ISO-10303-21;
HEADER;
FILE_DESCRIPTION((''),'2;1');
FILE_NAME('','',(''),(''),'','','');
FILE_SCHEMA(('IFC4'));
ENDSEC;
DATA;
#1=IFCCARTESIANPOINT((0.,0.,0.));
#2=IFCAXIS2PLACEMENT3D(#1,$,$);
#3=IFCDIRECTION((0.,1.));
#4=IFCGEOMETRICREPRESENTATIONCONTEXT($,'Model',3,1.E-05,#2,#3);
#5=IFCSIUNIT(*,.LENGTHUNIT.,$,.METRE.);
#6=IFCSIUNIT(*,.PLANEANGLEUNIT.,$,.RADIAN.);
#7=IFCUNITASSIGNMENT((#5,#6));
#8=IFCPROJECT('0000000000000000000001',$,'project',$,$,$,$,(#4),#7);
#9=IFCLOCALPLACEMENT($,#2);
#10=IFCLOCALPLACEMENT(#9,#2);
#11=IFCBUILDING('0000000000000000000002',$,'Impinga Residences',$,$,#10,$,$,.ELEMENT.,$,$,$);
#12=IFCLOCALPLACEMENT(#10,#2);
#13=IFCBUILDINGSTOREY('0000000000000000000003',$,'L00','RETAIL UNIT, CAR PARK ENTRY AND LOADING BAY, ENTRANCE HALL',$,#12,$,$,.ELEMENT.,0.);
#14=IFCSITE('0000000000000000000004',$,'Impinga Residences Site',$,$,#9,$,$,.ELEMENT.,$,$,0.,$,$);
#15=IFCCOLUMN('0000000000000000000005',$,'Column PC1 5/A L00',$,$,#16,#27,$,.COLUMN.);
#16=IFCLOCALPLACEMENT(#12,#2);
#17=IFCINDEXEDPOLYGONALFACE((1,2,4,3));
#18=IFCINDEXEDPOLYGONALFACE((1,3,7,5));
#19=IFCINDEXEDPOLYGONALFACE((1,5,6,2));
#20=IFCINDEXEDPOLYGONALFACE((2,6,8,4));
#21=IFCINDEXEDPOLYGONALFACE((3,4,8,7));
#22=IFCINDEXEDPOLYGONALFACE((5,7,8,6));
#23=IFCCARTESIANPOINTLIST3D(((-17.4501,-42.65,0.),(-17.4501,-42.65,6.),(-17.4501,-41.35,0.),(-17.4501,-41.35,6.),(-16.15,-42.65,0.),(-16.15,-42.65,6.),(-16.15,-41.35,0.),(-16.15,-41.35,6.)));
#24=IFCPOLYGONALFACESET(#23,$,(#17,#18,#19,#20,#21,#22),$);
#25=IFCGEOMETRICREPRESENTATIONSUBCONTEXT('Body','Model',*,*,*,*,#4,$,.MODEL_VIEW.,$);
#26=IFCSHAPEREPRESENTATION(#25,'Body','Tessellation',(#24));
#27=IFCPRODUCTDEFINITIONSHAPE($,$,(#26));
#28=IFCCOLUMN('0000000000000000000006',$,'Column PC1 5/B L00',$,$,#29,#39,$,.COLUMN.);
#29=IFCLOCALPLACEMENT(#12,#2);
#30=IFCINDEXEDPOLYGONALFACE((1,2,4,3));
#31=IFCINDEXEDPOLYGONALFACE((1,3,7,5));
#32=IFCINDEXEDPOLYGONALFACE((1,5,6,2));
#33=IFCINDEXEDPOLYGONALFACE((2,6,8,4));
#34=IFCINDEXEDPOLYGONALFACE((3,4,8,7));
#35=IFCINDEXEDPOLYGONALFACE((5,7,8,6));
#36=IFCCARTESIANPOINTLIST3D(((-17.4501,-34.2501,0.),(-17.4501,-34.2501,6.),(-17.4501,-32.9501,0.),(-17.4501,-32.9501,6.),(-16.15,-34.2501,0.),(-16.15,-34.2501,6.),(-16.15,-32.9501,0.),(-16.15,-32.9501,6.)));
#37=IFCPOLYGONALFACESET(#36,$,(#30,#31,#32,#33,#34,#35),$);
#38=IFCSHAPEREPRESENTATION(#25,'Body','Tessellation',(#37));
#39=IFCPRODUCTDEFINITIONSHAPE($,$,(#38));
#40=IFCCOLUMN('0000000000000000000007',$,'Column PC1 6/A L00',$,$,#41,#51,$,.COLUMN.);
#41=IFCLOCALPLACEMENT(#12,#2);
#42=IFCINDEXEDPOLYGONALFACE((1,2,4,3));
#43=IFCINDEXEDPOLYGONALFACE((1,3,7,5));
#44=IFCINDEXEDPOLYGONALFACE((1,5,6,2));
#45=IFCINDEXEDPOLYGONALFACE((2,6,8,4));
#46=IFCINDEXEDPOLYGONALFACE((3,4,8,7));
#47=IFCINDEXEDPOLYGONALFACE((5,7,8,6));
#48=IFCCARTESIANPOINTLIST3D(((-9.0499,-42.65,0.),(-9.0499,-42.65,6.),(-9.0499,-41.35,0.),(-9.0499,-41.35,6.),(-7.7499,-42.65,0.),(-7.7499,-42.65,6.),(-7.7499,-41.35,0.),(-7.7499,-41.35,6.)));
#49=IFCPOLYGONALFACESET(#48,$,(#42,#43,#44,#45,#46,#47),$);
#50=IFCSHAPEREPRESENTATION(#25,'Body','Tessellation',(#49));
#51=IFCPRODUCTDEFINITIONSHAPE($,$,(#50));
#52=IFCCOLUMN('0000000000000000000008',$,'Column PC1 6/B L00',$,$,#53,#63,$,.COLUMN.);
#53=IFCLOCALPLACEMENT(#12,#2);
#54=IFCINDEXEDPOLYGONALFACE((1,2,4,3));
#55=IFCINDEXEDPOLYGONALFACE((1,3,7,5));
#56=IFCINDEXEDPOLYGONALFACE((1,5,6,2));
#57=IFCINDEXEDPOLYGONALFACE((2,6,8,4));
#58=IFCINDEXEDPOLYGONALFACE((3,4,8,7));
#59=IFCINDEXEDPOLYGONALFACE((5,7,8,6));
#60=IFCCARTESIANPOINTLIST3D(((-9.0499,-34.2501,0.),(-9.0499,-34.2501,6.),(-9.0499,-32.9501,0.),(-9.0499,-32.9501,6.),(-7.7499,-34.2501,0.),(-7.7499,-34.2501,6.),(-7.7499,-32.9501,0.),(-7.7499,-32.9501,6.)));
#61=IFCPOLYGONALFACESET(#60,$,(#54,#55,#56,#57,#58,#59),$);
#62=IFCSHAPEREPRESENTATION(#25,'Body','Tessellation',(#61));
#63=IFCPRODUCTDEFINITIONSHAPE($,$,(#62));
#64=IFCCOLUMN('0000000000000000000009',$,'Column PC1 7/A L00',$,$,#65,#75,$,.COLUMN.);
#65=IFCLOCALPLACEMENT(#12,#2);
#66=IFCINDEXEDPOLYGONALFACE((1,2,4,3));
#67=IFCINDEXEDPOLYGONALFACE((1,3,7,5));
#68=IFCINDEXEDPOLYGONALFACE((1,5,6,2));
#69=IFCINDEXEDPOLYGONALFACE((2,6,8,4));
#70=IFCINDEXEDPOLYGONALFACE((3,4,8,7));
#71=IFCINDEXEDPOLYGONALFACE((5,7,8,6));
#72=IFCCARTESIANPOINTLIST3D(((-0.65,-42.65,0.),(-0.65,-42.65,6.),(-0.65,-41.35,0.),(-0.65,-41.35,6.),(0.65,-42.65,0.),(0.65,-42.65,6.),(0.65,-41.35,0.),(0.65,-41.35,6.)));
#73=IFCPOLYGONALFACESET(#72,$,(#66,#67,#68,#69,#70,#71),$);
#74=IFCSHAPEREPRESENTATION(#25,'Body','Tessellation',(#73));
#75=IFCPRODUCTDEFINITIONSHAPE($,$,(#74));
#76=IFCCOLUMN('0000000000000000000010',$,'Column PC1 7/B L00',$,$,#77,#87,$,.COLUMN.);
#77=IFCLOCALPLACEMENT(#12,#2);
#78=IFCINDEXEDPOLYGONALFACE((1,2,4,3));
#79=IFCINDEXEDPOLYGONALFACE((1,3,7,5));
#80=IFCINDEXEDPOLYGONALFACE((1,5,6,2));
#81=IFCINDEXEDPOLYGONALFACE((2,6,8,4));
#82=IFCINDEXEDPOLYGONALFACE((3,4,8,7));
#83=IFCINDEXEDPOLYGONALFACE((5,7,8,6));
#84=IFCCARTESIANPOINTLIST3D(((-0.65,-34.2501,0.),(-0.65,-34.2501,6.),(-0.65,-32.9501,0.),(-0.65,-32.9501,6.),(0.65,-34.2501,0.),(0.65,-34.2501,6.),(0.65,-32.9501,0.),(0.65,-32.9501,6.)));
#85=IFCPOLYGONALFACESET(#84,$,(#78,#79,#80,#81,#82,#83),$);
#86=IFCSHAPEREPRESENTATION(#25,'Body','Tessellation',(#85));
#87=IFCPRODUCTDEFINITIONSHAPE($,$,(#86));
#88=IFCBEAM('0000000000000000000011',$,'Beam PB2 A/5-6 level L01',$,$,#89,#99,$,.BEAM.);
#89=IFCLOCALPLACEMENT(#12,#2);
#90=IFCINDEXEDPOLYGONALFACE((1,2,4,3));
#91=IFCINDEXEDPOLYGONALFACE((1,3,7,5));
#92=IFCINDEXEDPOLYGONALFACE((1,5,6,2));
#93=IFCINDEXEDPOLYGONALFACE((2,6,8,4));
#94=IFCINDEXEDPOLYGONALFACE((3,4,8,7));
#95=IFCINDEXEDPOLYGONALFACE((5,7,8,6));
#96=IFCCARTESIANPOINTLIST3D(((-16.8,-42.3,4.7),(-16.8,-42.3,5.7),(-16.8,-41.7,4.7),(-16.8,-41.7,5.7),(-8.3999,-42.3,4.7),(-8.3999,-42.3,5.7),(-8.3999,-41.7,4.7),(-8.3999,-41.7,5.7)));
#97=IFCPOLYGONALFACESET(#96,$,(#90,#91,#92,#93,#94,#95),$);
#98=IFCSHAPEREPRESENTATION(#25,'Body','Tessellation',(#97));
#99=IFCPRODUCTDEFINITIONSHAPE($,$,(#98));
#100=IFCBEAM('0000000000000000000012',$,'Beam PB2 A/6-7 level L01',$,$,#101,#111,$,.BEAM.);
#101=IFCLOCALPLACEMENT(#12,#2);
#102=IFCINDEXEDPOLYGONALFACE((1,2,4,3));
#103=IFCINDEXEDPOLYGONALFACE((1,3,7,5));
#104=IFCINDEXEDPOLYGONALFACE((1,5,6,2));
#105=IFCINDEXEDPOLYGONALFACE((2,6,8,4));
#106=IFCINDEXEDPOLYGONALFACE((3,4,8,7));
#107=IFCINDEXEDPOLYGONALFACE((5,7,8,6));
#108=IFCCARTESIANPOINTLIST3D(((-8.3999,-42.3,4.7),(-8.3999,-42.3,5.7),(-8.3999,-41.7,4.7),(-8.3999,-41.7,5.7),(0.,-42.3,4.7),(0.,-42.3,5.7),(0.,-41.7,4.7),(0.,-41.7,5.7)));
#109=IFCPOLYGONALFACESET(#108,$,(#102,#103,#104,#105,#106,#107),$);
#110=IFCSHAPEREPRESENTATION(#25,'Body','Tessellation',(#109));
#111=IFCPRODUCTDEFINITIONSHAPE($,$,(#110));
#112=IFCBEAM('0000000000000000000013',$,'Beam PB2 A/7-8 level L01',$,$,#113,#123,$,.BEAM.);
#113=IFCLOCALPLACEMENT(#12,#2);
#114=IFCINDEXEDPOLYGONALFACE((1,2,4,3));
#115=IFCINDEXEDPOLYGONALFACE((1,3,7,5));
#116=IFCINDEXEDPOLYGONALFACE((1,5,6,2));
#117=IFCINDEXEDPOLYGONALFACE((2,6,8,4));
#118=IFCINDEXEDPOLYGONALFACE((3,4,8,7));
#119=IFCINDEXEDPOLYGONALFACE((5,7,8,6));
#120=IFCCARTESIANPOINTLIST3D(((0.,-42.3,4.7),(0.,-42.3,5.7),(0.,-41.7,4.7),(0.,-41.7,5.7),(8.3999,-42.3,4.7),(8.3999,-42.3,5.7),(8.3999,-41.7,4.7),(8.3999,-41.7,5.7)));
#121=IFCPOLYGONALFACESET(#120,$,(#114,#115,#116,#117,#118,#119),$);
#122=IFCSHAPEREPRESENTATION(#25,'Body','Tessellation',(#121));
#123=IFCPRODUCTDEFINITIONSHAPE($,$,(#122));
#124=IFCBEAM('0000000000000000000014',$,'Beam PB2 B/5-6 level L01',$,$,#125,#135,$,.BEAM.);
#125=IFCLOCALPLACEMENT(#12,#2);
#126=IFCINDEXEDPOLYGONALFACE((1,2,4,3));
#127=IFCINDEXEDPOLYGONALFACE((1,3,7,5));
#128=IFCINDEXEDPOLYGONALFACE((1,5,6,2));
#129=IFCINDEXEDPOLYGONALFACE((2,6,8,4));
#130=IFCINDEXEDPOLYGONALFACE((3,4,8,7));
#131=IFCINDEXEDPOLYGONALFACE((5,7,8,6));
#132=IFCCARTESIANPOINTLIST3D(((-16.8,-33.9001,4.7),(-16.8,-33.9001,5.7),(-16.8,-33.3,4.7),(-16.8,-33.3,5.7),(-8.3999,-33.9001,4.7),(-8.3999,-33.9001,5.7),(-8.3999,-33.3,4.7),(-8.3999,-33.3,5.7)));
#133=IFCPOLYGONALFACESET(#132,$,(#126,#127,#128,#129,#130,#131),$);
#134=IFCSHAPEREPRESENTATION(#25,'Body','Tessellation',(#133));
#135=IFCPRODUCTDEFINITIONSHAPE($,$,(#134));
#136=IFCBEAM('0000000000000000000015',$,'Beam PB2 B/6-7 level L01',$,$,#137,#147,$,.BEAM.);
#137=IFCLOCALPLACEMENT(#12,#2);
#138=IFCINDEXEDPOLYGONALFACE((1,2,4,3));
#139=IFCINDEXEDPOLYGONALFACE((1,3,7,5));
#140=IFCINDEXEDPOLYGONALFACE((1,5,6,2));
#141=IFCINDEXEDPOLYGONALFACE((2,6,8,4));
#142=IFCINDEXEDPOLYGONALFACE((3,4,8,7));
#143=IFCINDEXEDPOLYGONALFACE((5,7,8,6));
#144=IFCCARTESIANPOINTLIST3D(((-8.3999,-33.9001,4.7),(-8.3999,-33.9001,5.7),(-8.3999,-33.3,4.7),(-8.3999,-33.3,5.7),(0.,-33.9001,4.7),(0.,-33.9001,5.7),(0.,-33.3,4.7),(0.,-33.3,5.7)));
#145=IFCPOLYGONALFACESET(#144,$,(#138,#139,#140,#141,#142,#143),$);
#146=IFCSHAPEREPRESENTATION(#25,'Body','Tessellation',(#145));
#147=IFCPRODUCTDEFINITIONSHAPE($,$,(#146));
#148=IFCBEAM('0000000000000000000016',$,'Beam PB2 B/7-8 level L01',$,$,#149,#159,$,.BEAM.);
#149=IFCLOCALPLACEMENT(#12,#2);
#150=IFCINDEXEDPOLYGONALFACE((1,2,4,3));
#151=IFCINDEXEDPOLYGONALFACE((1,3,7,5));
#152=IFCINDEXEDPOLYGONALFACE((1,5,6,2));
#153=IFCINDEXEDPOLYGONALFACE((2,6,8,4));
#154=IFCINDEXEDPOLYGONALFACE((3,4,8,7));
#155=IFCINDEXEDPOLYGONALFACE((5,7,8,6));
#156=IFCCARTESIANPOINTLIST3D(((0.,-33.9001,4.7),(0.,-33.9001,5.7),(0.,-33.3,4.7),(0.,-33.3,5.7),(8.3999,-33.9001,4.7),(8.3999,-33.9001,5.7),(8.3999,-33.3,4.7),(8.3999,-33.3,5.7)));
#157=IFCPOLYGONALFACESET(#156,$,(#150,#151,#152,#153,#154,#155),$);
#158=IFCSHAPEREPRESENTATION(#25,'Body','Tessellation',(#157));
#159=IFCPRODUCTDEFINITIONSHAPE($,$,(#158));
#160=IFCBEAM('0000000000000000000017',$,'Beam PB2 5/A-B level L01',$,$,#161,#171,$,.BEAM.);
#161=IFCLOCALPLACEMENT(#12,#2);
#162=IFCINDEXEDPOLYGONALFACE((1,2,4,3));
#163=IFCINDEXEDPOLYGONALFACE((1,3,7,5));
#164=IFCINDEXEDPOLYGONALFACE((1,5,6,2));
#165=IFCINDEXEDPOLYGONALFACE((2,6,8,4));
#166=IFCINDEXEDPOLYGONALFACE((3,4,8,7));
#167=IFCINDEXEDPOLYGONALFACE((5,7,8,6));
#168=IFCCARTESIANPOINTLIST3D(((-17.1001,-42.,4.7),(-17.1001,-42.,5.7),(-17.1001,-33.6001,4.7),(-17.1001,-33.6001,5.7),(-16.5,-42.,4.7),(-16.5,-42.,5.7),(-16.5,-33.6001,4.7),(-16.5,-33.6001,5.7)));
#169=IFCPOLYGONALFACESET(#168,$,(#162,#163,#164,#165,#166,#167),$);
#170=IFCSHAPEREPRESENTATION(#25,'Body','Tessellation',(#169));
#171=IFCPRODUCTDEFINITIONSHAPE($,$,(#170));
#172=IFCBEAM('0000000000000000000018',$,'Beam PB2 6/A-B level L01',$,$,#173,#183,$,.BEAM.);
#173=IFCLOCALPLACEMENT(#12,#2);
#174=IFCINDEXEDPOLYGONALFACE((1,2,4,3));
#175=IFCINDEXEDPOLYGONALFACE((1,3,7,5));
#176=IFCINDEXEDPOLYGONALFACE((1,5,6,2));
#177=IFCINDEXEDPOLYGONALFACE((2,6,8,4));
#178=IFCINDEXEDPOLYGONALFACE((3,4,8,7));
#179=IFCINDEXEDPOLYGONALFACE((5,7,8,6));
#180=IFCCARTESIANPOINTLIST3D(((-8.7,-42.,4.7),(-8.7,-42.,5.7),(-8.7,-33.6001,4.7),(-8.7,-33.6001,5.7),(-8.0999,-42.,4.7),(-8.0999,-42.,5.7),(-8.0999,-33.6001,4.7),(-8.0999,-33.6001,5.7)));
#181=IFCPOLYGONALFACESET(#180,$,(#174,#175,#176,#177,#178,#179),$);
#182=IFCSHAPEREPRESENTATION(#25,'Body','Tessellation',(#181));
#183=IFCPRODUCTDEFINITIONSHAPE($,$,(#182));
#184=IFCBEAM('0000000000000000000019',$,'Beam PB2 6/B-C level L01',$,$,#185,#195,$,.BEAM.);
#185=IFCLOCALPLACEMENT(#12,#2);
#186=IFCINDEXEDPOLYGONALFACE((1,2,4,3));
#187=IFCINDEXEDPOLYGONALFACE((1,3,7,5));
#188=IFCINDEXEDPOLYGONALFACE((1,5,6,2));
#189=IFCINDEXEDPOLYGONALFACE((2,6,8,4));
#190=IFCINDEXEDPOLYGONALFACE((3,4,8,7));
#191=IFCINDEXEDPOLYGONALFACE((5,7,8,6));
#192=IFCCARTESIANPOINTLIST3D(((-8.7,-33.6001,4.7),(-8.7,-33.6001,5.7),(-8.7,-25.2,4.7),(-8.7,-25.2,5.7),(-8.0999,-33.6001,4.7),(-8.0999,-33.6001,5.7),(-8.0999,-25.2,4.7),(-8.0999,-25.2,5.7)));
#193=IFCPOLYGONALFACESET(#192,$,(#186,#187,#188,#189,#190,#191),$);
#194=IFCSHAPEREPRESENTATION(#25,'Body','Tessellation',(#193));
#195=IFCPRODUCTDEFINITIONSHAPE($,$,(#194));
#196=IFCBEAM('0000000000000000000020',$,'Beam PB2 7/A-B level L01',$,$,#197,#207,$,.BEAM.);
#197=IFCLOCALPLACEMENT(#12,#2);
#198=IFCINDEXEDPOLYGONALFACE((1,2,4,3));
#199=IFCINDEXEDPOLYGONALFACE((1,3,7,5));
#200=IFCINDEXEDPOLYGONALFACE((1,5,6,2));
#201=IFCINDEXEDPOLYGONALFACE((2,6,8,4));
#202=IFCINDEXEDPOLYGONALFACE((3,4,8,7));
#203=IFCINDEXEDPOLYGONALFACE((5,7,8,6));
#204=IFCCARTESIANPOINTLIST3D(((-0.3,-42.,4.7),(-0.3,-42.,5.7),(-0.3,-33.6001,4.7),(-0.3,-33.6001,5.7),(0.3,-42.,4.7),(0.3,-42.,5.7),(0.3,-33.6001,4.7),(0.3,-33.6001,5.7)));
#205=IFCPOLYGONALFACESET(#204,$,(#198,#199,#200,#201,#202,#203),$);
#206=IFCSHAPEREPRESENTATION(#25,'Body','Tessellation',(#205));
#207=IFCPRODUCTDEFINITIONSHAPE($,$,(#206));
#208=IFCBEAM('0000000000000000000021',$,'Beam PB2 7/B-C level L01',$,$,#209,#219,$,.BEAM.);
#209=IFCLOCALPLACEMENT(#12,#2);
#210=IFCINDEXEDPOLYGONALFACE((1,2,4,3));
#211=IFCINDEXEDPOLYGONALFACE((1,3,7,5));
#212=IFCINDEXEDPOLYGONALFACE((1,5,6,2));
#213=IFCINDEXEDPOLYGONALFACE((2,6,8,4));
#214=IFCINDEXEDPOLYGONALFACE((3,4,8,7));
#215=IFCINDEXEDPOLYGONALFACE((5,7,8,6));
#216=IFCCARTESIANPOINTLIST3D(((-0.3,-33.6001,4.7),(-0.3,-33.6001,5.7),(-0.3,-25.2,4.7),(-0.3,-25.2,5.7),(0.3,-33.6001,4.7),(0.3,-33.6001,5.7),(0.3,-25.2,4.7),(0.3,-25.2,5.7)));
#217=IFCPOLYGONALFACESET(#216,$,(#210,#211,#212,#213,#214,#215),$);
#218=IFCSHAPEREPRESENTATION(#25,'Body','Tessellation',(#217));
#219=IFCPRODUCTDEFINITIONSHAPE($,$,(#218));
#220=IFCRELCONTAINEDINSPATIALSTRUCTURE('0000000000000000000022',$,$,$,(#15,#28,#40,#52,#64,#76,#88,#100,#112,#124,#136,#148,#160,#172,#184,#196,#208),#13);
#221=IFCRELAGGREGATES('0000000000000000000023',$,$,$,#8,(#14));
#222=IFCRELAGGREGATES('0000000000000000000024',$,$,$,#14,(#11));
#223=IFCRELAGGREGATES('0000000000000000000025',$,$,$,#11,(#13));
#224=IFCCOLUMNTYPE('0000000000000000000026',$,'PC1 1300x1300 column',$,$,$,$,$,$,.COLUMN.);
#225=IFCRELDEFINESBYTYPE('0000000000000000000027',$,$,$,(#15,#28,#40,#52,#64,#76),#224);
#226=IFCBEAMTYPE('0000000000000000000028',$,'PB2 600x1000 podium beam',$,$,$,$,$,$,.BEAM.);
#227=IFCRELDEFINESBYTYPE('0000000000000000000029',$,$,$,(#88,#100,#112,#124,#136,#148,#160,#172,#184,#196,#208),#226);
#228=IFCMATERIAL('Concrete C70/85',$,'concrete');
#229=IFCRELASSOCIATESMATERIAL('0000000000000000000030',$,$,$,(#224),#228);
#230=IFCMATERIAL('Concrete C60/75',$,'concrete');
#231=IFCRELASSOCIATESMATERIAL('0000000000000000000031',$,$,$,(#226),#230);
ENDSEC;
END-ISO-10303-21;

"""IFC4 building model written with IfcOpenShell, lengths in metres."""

from ifc_helpers import new_model, si_unit, direction, frame, origin, origin_2d, place, context, subcontext, project, spatial, rectangle, extrude, material, material_profile, profile_set, type_object, element, save


model = new_model("IFC4")

# Units and contexts
model_context = context("Model", 3, precision=1e-05, world=origin(), true_north=direction((0.0, 1.0)))
body_context = subcontext(model_context, "Body", "Model", "MODEL_VIEW")
ifc_project = project(units=[si_unit("LENGTHUNIT", "METRE"), si_unit("PLANEANGLEUNIT", "RADIAN")], contexts=[model_context])

# Site, building, storey
site_placement = place(None, origin())
site = spatial("IfcSite", under=ifc_project, at=site_placement, Name="Impinga Residences Site", CompositionType="ELEMENT", RefElevation=0.0)
building_placement = place(site_placement, origin())
building = spatial("IfcBuilding", under=site, at=building_placement, Name="Impinga Residences", CompositionType="ELEMENT")
storey_placement = place(building_placement, origin())
storey = spatial("IfcBuildingStorey", under=building, at=storey_placement, Name="L00", Description="RETAIL UNIT, CAR PARK ENTRY AND LOADING BAY, ENTRANCE HALL", CompositionType="ELEMENT", Elevation=0.0)

# Columns
ifc_material_1 = material(Name="Concrete C70/85", Category="concrete")
ifc_material_profile_1 = material_profile(ifc_material_1, rectangle(XDim=1.3, YDim=1.3, at=origin_2d()), Name="RC 1300x1300")
ifc_profile_set_1 = profile_set([ifc_material_profile_1], Name="Concrete C70/85")
column_type = type_object("IfcColumnType", Name="PC1 1300x1300 column", PredefinedType="COLUMN", material=ifc_profile_set_1)
for number, where, z_axis, x_axis, name in (
    (1, (-16.8, -42.0, 0.0), (0.0, 0.0, 1.0), (1.0, 0.0, 0.0), "Column PC1 5/A L00"),
    (2, (-16.8, -33.6001, 0.0), (0.0, 0.0, 1.0), (1.0, 0.0, 0.0), "Column PC1 5/B L00"),
    (3, (-8.3999, -42.0, 0.0), (0.0, 0.0, 1.0), (1.0, 0.0, 0.0), "Column PC1 6/A L00"),
    (4, (-8.3999, -33.6001, 0.0), (0.0, 0.0, 1.0), (1.0, 0.0, 0.0), "Column PC1 6/B L00"),
    (5, (0.0, -42.0, 0.0), (0.0, 0.0, 1.0), (1.0, 0.0, 0.0), "Column PC1 7/A L00"),
    (6, (0.0, -33.6001, 0.0), (0.0, 0.0, 1.0), (1.0, 0.0, 0.0), "Column PC1 7/B L00"),
):
    element("IfcColumn", number, at=place(storey_placement, frame(where, z_axis=z_axis, x_axis=x_axis)), inside=storey, type_object=column_type, Name=name, PredefinedType="COLUMN", context=body_context, shape_type="SweptSolid", body=[
        extrude(rectangle(XDim=1.3, YDim=1.3, at=origin_2d()), origin(), (0.0, 0.0, 1.0), 6.0),
    ])

# Beams
ifc_material_2 = material(Name="Concrete C60/75", Category="concrete")
ifc_material_profile_2 = material_profile(ifc_material_2, rectangle(XDim=0.6001, YDim=1.0, at=origin_2d()), Name="RC 600x1000")
ifc_profile_set_2 = profile_set([ifc_material_profile_2], Name="Concrete C60/75")
beam_type = type_object("IfcBeamType", Name="PB2 600x1000 podium beam", PredefinedType="BEAM", material=ifc_profile_set_2)
beam_1_placement = place(storey_placement, frame((-16.8, -42.0, 5.2), z_axis=(1.0, 0.0, 0.0), x_axis=(0.0, 1.0, 0.0)))
element("IfcBeam", 7, at=beam_1_placement, inside=storey, type_object=beam_type, Name="Beam PB2 A/5-6 level L01", PredefinedType="BEAM", context=body_context, shape_type="SweptSolid", body=[
    extrude(rectangle(XDim=0.6001, YDim=1.0, at=origin_2d()), origin(), (0.0, 0.0, 1.0), 8.4001),
])
for number, where, z_axis, x_axis, name in (
    (8, (-8.3999, -42.0, 5.2), (1.0, 0.0, 0.0), (0.0, 1.0, 0.0), "Beam PB2 A/6-7 level L01"),
    (9, (0.0, -42.0, 5.2), (1.0, 0.0, 0.0), (0.0, 1.0, 0.0), "Beam PB2 A/7-8 level L01"),
):
    element("IfcBeam", number, at=place(storey_placement, frame(where, z_axis=z_axis, x_axis=x_axis)), inside=storey, type_object=beam_type, Name=name, PredefinedType="BEAM", context=body_context, shape_type="SweptSolid", body=[
        extrude(rectangle(XDim=0.6001, YDim=1.0, at=origin_2d()), origin(), (0.0, 0.0, 1.0), 8.3999),
    ])
beam_2_placement = place(storey_placement, frame((-16.8, -33.6001, 5.2), z_axis=(1.0, 0.0, 0.0), x_axis=(0.0, 1.0, 0.0)))
element("IfcBeam", 10, at=beam_2_placement, inside=storey, type_object=beam_type, Name="Beam PB2 B/5-6 level L01", PredefinedType="BEAM", context=body_context, shape_type="SweptSolid", body=[
    extrude(rectangle(XDim=0.6001, YDim=1.0, at=origin_2d()), origin(), (0.0, 0.0, 1.0), 8.4001),
])
for number, where, z_axis, x_axis, name in (
    (11, (-8.3999, -33.6001, 5.2), (1.0, 0.0, 0.0), (0.0, 1.0, 0.0), "Beam PB2 B/6-7 level L01"),
    (12, (0.0, -33.6001, 5.2), (1.0, 0.0, 0.0), (0.0, 1.0, 0.0), "Beam PB2 B/7-8 level L01"),
    (13, (-16.8, -42.0, 5.2), (0.0, 1.0, 0.0), (-1.0, 0.0, 0.0), "Beam PB2 5/A-B level L01"),
    (14, (-8.3999, -42.0, 5.2), (0.0, 1.0, 0.0), (-1.0, 0.0, 0.0), "Beam PB2 6/A-B level L01"),
):
    element("IfcBeam", number, at=place(storey_placement, frame(where, z_axis=z_axis, x_axis=x_axis)), inside=storey, type_object=beam_type, Name=name, PredefinedType="BEAM", context=body_context, shape_type="SweptSolid", body=[
        extrude(rectangle(XDim=0.6001, YDim=1.0, at=origin_2d()), origin(), (0.0, 0.0, 1.0), 8.3999),
    ])
beam_3_placement = place(storey_placement, frame((-8.3999, -33.6001, 5.2), z_axis=(0.0, 1.0, 0.0), x_axis=(-1.0, 0.0, 0.0)))
element("IfcBeam", 15, at=beam_3_placement, inside=storey, type_object=beam_type, Name="Beam PB2 6/B-C level L01", PredefinedType="BEAM", context=body_context, shape_type="SweptSolid", body=[
    extrude(rectangle(XDim=0.6001, YDim=1.0, at=origin_2d()), origin(), (0.0, 0.0, 1.0), 8.4001),
])
beam_4_placement = place(storey_placement, frame((0.0, -42.0, 5.2), z_axis=(0.0, 1.0, 0.0), x_axis=(-1.0, 0.0, 0.0)))
element("IfcBeam", 16, at=beam_4_placement, inside=storey, type_object=beam_type, Name="Beam PB2 7/A-B level L01", PredefinedType="BEAM", context=body_context, shape_type="SweptSolid", body=[
    extrude(rectangle(XDim=0.6001, YDim=1.0, at=origin_2d()), origin(), (0.0, 0.0, 1.0), 8.3999),
])
beam_5_placement = place(storey_placement, frame((0.0, -33.6001, 5.2), z_axis=(0.0, 1.0, 0.0), x_axis=(-1.0, 0.0, 0.0)))
element("IfcBeam", 17, at=beam_5_placement, inside=storey, type_object=beam_type, Name="Beam PB2 7/B-C level L01", PredefinedType="BEAM", context=body_context, shape_type="SweptSolid", body=[
    extrude(rectangle(XDim=0.6001, YDim=1.0, at=origin_2d()), origin(), (0.0, 0.0, 1.0), 8.4001),
])

save(model, "model.ifc")
